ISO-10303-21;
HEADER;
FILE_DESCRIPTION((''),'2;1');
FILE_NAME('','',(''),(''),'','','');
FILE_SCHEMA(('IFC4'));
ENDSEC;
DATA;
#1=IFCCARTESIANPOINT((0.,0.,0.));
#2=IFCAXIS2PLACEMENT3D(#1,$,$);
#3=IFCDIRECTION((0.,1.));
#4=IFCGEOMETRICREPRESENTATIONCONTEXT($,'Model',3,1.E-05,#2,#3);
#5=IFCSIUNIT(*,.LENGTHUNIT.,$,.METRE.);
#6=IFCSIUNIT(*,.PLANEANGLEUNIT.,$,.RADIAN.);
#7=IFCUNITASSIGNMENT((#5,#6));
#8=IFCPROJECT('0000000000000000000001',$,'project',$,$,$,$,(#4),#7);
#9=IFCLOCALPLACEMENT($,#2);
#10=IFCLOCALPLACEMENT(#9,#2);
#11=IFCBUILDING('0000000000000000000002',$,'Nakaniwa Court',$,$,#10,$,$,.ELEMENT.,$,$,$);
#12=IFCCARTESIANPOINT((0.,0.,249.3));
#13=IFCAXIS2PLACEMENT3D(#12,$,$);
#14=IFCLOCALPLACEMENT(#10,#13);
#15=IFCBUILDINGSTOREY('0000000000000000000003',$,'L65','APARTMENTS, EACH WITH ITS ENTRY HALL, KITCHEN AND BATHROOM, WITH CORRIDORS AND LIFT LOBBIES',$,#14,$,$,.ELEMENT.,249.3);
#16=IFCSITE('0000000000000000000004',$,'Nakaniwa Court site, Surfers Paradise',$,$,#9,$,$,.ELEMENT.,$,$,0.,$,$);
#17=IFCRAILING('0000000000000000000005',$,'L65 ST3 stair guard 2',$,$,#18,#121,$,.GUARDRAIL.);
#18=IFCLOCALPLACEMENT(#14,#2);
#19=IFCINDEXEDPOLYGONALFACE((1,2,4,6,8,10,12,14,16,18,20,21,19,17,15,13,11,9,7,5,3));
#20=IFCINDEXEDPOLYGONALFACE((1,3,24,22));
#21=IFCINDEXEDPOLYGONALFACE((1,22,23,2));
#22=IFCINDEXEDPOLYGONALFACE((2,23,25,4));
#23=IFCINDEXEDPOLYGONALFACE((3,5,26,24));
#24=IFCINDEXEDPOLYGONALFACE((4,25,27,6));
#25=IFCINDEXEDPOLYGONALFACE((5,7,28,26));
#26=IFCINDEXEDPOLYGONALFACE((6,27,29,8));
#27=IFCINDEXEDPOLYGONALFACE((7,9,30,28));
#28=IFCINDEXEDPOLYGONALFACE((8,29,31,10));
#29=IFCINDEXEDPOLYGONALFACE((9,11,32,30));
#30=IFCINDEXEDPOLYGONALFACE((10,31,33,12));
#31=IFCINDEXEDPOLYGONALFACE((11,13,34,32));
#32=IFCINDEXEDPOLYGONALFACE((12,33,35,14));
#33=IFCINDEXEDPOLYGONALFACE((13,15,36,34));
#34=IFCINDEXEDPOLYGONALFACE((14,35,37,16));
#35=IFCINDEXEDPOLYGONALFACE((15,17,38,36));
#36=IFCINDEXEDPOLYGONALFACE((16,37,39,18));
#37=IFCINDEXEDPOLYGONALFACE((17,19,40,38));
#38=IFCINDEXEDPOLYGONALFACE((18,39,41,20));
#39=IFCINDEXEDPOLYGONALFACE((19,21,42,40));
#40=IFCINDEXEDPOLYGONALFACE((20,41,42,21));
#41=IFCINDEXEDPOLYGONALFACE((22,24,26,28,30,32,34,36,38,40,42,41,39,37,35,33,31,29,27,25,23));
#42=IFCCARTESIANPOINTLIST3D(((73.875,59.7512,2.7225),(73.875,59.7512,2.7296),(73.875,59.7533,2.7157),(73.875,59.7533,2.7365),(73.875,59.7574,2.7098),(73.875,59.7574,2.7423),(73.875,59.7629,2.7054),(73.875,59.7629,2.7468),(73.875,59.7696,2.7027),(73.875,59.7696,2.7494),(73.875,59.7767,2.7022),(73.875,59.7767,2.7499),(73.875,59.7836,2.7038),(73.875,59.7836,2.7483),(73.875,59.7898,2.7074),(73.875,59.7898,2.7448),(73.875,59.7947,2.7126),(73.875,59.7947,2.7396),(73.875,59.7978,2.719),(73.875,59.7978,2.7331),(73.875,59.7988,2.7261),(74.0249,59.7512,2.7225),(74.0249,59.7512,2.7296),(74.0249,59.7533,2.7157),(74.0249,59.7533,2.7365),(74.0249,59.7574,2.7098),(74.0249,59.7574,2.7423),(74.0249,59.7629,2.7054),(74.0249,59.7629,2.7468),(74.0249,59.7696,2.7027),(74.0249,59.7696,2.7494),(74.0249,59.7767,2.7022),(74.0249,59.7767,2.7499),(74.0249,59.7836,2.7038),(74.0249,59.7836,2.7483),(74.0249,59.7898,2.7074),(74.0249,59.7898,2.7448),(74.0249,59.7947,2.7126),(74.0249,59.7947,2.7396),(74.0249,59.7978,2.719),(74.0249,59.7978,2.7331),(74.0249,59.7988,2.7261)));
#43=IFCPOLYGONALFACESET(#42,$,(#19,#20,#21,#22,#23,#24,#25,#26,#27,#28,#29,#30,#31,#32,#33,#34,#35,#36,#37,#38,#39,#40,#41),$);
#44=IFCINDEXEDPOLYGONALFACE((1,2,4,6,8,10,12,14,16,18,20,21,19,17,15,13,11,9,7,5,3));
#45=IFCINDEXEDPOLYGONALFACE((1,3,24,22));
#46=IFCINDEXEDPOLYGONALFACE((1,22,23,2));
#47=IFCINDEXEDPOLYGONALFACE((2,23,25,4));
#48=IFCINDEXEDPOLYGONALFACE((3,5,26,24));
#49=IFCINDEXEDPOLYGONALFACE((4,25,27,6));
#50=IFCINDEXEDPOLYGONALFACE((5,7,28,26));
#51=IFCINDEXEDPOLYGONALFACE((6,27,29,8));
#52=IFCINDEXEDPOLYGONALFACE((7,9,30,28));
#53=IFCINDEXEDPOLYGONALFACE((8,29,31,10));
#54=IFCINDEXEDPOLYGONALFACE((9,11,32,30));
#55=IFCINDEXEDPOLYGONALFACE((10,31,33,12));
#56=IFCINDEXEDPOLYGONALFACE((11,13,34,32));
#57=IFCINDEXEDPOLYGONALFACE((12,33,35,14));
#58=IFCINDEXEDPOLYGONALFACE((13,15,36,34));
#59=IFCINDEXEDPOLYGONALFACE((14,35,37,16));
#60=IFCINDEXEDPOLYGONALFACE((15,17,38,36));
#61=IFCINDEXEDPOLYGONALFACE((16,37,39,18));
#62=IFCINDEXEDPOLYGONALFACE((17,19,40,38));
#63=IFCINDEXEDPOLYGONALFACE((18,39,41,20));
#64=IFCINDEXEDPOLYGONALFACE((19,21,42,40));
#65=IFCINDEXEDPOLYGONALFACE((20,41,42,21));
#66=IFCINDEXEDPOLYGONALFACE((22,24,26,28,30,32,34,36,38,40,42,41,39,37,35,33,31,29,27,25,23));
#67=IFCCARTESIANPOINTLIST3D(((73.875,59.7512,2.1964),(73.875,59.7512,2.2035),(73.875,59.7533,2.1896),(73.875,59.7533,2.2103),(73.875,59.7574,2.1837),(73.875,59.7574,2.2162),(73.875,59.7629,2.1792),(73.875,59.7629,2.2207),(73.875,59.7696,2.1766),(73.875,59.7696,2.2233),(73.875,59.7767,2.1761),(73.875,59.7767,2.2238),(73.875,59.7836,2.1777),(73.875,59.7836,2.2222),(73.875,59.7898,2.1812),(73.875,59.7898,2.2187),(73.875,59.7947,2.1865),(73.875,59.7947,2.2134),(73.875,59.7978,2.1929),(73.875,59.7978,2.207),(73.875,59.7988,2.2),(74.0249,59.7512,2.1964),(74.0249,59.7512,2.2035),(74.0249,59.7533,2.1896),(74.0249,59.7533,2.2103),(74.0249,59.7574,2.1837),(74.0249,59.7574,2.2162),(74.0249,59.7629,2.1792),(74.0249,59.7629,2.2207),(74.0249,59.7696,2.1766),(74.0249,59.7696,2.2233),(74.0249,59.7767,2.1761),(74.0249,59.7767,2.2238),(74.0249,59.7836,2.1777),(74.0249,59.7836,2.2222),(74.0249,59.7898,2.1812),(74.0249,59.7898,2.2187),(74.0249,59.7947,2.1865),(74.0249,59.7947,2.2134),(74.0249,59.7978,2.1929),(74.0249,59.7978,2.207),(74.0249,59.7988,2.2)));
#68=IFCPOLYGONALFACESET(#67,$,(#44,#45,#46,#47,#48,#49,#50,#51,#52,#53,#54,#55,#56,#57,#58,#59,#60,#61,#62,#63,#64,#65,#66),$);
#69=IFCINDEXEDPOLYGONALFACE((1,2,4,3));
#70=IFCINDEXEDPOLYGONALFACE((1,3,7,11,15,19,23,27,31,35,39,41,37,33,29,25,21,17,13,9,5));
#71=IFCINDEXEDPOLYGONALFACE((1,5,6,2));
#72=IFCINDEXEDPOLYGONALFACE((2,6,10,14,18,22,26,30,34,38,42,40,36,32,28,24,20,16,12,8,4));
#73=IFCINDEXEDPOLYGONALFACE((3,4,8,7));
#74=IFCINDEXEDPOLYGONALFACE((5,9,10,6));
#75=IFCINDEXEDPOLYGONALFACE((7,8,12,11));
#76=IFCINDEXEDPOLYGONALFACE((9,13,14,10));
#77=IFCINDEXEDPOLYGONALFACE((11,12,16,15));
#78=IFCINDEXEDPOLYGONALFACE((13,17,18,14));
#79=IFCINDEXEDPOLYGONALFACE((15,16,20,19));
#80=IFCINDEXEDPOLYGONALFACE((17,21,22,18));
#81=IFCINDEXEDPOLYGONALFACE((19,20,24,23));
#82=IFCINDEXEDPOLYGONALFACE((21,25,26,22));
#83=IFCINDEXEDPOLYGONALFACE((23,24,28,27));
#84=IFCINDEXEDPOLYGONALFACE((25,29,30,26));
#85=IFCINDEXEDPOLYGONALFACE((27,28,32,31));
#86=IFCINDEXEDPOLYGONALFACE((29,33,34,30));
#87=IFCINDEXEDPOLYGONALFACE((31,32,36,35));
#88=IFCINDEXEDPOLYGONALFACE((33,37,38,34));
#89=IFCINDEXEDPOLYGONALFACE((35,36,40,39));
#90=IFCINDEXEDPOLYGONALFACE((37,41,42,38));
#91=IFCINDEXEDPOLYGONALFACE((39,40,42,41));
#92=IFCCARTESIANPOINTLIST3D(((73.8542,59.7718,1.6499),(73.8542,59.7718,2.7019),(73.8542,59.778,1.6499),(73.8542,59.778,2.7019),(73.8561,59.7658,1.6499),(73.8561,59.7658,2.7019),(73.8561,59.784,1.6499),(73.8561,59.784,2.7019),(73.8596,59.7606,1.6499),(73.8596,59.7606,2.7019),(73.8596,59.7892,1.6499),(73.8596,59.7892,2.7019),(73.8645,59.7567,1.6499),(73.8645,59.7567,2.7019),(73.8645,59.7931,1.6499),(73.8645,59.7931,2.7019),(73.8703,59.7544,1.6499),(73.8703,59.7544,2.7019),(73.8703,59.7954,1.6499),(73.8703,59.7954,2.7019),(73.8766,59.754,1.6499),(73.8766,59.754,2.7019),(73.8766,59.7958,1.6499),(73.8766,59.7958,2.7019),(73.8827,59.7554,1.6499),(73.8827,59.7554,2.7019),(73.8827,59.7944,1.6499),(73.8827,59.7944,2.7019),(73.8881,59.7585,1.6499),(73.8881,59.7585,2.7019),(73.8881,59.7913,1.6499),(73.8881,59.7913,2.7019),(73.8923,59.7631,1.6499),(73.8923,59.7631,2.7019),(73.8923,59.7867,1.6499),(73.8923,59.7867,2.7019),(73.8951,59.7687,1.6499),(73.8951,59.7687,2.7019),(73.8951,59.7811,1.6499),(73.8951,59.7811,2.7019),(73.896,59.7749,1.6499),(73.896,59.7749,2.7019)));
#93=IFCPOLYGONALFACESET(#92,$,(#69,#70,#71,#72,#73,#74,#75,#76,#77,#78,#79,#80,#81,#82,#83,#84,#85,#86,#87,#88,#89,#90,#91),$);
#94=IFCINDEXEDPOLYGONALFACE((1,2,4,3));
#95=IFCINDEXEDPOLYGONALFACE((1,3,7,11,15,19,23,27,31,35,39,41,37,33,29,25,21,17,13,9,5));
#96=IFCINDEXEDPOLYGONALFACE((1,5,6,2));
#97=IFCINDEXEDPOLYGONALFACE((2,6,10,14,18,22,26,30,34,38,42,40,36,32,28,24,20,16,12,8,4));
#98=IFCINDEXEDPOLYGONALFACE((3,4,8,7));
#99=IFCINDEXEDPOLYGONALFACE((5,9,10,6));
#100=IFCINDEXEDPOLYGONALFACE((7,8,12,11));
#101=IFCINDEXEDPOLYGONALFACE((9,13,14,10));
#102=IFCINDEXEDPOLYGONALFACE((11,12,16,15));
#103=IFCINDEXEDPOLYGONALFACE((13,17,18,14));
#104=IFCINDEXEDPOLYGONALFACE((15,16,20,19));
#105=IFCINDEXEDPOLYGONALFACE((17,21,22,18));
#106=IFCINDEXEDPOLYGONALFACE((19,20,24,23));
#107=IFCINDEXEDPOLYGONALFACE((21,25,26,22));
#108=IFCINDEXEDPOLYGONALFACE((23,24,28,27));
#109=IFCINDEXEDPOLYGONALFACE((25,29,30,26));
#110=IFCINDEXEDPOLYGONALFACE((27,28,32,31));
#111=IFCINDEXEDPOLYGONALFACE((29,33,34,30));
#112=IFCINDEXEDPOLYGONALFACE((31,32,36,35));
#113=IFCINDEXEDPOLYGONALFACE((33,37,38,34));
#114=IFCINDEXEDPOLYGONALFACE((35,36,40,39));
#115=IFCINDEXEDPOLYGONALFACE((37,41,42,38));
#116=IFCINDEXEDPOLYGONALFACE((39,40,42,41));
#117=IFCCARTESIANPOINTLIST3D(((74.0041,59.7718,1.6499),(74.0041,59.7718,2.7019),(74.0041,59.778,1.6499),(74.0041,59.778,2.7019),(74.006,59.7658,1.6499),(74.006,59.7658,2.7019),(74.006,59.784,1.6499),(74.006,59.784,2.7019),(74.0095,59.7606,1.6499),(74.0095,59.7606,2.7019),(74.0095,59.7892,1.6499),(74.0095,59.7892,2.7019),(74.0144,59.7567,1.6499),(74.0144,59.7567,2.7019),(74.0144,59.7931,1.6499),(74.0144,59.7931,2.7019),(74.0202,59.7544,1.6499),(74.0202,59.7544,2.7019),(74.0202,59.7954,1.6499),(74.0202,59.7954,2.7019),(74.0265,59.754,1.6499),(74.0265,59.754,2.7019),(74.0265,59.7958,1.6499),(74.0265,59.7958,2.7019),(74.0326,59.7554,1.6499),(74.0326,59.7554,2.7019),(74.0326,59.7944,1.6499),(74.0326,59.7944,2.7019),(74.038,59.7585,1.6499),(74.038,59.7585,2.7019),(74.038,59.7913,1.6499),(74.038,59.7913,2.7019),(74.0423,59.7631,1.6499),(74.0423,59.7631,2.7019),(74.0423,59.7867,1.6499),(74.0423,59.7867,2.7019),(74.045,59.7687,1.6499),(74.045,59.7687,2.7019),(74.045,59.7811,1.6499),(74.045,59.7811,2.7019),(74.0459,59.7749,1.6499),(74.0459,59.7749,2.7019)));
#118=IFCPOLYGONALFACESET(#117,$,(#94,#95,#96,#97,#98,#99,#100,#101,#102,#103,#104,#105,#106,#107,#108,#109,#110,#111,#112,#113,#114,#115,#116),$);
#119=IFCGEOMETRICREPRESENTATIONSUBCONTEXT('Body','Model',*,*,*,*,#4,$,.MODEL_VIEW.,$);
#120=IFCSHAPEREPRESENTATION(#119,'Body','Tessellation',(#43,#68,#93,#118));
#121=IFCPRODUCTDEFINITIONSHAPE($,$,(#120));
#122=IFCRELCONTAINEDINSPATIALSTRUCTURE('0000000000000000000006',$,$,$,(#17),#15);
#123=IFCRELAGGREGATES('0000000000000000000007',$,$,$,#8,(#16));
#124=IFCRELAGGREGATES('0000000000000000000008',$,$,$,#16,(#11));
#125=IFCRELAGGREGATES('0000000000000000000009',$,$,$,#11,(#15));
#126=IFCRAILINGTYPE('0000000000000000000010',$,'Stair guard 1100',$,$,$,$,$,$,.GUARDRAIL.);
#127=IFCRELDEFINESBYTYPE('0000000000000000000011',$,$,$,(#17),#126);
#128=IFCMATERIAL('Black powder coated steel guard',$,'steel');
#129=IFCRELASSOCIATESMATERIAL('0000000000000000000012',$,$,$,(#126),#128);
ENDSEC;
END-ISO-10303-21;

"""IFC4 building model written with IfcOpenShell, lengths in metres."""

from ifc_helpers import new_model, si_unit, direction, frame, origin, origin_2d, place, context, subcontext, project, spatial, circle, extrude, material, type_object, element, save


model = new_model("IFC4")

# Units and contexts
model_context = context("Model", 3, precision=1e-05, world=origin(), true_north=direction((0.0, 1.0)))
body_context = subcontext(model_context, "Body", "Model", "MODEL_VIEW")
ifc_project = project(units=[si_unit("LENGTHUNIT", "METRE"), si_unit("PLANEANGLEUNIT", "RADIAN")], contexts=[model_context])

# Site, building, storey
site_placement = place(None, origin())
site = spatial("IfcSite", under=ifc_project, at=site_placement, Name="Nakaniwa Court site, Surfers Paradise", CompositionType="ELEMENT", RefElevation=0.0)
building_placement = place(site_placement, origin())
building = spatial("IfcBuilding", under=site, at=building_placement, Name="Nakaniwa Court", CompositionType="ELEMENT")
storey_placement = place(building_placement, frame((0.0, 0.0, 249.3)))
storey = spatial("IfcBuildingStorey", under=building, at=storey_placement, Name="L65", Description="APARTMENTS, EACH WITH ITS ENTRY HALL, KITCHEN AND BATHROOM, WITH CORRIDORS AND LIFT LOBBIES", CompositionType="ELEMENT", Elevation=249.3)

# Railing
ifc_material_1 = material(Name="Black powder coated steel guard", Category="steel")
railing_type_1 = type_object("IfcRailingType", Name="Stair guard 1100", PredefinedType="GUARDRAIL", material=ifc_material_1)
railing_1_placement = place(storey_placement, frame((73.875, 59.7749, 1.6499)))
element("IfcRailing", 1, at=railing_1_placement, inside=storey, type_object=railing_type_1, Name="L65 ST3 stair guard 2", PredefinedType="GUARDRAIL", context=body_context, shape_type="SweptSolid", body=[
    extrude(circle(Radius=0.0239, at=origin_2d()), frame((0.0, 0.0, 1.0762), z_axis=(1.0, 0.0, 0.0), x_axis=(0.0, 1.0, 0.0)), (0.0, 0.0, 1.0), 0.1499),
    extrude(circle(Radius=0.0239, at=origin_2d()), frame((0.0, 0.0, 0.55), z_axis=(1.0, 0.0, 0.0), x_axis=(0.0, 1.0, 0.0)), (0.0, 0.0, 1.0), 0.1499),
    extrude(circle(Radius=0.021, at=origin_2d()), origin(), (0.0, 0.0, 1.0), 1.052),
    extrude(circle(Radius=0.021, at=origin_2d()), frame((0.1499, 0.0, 0.0)), (0.0, 0.0, 1.0), 1.052),
])

save(model, "model.ifc")
